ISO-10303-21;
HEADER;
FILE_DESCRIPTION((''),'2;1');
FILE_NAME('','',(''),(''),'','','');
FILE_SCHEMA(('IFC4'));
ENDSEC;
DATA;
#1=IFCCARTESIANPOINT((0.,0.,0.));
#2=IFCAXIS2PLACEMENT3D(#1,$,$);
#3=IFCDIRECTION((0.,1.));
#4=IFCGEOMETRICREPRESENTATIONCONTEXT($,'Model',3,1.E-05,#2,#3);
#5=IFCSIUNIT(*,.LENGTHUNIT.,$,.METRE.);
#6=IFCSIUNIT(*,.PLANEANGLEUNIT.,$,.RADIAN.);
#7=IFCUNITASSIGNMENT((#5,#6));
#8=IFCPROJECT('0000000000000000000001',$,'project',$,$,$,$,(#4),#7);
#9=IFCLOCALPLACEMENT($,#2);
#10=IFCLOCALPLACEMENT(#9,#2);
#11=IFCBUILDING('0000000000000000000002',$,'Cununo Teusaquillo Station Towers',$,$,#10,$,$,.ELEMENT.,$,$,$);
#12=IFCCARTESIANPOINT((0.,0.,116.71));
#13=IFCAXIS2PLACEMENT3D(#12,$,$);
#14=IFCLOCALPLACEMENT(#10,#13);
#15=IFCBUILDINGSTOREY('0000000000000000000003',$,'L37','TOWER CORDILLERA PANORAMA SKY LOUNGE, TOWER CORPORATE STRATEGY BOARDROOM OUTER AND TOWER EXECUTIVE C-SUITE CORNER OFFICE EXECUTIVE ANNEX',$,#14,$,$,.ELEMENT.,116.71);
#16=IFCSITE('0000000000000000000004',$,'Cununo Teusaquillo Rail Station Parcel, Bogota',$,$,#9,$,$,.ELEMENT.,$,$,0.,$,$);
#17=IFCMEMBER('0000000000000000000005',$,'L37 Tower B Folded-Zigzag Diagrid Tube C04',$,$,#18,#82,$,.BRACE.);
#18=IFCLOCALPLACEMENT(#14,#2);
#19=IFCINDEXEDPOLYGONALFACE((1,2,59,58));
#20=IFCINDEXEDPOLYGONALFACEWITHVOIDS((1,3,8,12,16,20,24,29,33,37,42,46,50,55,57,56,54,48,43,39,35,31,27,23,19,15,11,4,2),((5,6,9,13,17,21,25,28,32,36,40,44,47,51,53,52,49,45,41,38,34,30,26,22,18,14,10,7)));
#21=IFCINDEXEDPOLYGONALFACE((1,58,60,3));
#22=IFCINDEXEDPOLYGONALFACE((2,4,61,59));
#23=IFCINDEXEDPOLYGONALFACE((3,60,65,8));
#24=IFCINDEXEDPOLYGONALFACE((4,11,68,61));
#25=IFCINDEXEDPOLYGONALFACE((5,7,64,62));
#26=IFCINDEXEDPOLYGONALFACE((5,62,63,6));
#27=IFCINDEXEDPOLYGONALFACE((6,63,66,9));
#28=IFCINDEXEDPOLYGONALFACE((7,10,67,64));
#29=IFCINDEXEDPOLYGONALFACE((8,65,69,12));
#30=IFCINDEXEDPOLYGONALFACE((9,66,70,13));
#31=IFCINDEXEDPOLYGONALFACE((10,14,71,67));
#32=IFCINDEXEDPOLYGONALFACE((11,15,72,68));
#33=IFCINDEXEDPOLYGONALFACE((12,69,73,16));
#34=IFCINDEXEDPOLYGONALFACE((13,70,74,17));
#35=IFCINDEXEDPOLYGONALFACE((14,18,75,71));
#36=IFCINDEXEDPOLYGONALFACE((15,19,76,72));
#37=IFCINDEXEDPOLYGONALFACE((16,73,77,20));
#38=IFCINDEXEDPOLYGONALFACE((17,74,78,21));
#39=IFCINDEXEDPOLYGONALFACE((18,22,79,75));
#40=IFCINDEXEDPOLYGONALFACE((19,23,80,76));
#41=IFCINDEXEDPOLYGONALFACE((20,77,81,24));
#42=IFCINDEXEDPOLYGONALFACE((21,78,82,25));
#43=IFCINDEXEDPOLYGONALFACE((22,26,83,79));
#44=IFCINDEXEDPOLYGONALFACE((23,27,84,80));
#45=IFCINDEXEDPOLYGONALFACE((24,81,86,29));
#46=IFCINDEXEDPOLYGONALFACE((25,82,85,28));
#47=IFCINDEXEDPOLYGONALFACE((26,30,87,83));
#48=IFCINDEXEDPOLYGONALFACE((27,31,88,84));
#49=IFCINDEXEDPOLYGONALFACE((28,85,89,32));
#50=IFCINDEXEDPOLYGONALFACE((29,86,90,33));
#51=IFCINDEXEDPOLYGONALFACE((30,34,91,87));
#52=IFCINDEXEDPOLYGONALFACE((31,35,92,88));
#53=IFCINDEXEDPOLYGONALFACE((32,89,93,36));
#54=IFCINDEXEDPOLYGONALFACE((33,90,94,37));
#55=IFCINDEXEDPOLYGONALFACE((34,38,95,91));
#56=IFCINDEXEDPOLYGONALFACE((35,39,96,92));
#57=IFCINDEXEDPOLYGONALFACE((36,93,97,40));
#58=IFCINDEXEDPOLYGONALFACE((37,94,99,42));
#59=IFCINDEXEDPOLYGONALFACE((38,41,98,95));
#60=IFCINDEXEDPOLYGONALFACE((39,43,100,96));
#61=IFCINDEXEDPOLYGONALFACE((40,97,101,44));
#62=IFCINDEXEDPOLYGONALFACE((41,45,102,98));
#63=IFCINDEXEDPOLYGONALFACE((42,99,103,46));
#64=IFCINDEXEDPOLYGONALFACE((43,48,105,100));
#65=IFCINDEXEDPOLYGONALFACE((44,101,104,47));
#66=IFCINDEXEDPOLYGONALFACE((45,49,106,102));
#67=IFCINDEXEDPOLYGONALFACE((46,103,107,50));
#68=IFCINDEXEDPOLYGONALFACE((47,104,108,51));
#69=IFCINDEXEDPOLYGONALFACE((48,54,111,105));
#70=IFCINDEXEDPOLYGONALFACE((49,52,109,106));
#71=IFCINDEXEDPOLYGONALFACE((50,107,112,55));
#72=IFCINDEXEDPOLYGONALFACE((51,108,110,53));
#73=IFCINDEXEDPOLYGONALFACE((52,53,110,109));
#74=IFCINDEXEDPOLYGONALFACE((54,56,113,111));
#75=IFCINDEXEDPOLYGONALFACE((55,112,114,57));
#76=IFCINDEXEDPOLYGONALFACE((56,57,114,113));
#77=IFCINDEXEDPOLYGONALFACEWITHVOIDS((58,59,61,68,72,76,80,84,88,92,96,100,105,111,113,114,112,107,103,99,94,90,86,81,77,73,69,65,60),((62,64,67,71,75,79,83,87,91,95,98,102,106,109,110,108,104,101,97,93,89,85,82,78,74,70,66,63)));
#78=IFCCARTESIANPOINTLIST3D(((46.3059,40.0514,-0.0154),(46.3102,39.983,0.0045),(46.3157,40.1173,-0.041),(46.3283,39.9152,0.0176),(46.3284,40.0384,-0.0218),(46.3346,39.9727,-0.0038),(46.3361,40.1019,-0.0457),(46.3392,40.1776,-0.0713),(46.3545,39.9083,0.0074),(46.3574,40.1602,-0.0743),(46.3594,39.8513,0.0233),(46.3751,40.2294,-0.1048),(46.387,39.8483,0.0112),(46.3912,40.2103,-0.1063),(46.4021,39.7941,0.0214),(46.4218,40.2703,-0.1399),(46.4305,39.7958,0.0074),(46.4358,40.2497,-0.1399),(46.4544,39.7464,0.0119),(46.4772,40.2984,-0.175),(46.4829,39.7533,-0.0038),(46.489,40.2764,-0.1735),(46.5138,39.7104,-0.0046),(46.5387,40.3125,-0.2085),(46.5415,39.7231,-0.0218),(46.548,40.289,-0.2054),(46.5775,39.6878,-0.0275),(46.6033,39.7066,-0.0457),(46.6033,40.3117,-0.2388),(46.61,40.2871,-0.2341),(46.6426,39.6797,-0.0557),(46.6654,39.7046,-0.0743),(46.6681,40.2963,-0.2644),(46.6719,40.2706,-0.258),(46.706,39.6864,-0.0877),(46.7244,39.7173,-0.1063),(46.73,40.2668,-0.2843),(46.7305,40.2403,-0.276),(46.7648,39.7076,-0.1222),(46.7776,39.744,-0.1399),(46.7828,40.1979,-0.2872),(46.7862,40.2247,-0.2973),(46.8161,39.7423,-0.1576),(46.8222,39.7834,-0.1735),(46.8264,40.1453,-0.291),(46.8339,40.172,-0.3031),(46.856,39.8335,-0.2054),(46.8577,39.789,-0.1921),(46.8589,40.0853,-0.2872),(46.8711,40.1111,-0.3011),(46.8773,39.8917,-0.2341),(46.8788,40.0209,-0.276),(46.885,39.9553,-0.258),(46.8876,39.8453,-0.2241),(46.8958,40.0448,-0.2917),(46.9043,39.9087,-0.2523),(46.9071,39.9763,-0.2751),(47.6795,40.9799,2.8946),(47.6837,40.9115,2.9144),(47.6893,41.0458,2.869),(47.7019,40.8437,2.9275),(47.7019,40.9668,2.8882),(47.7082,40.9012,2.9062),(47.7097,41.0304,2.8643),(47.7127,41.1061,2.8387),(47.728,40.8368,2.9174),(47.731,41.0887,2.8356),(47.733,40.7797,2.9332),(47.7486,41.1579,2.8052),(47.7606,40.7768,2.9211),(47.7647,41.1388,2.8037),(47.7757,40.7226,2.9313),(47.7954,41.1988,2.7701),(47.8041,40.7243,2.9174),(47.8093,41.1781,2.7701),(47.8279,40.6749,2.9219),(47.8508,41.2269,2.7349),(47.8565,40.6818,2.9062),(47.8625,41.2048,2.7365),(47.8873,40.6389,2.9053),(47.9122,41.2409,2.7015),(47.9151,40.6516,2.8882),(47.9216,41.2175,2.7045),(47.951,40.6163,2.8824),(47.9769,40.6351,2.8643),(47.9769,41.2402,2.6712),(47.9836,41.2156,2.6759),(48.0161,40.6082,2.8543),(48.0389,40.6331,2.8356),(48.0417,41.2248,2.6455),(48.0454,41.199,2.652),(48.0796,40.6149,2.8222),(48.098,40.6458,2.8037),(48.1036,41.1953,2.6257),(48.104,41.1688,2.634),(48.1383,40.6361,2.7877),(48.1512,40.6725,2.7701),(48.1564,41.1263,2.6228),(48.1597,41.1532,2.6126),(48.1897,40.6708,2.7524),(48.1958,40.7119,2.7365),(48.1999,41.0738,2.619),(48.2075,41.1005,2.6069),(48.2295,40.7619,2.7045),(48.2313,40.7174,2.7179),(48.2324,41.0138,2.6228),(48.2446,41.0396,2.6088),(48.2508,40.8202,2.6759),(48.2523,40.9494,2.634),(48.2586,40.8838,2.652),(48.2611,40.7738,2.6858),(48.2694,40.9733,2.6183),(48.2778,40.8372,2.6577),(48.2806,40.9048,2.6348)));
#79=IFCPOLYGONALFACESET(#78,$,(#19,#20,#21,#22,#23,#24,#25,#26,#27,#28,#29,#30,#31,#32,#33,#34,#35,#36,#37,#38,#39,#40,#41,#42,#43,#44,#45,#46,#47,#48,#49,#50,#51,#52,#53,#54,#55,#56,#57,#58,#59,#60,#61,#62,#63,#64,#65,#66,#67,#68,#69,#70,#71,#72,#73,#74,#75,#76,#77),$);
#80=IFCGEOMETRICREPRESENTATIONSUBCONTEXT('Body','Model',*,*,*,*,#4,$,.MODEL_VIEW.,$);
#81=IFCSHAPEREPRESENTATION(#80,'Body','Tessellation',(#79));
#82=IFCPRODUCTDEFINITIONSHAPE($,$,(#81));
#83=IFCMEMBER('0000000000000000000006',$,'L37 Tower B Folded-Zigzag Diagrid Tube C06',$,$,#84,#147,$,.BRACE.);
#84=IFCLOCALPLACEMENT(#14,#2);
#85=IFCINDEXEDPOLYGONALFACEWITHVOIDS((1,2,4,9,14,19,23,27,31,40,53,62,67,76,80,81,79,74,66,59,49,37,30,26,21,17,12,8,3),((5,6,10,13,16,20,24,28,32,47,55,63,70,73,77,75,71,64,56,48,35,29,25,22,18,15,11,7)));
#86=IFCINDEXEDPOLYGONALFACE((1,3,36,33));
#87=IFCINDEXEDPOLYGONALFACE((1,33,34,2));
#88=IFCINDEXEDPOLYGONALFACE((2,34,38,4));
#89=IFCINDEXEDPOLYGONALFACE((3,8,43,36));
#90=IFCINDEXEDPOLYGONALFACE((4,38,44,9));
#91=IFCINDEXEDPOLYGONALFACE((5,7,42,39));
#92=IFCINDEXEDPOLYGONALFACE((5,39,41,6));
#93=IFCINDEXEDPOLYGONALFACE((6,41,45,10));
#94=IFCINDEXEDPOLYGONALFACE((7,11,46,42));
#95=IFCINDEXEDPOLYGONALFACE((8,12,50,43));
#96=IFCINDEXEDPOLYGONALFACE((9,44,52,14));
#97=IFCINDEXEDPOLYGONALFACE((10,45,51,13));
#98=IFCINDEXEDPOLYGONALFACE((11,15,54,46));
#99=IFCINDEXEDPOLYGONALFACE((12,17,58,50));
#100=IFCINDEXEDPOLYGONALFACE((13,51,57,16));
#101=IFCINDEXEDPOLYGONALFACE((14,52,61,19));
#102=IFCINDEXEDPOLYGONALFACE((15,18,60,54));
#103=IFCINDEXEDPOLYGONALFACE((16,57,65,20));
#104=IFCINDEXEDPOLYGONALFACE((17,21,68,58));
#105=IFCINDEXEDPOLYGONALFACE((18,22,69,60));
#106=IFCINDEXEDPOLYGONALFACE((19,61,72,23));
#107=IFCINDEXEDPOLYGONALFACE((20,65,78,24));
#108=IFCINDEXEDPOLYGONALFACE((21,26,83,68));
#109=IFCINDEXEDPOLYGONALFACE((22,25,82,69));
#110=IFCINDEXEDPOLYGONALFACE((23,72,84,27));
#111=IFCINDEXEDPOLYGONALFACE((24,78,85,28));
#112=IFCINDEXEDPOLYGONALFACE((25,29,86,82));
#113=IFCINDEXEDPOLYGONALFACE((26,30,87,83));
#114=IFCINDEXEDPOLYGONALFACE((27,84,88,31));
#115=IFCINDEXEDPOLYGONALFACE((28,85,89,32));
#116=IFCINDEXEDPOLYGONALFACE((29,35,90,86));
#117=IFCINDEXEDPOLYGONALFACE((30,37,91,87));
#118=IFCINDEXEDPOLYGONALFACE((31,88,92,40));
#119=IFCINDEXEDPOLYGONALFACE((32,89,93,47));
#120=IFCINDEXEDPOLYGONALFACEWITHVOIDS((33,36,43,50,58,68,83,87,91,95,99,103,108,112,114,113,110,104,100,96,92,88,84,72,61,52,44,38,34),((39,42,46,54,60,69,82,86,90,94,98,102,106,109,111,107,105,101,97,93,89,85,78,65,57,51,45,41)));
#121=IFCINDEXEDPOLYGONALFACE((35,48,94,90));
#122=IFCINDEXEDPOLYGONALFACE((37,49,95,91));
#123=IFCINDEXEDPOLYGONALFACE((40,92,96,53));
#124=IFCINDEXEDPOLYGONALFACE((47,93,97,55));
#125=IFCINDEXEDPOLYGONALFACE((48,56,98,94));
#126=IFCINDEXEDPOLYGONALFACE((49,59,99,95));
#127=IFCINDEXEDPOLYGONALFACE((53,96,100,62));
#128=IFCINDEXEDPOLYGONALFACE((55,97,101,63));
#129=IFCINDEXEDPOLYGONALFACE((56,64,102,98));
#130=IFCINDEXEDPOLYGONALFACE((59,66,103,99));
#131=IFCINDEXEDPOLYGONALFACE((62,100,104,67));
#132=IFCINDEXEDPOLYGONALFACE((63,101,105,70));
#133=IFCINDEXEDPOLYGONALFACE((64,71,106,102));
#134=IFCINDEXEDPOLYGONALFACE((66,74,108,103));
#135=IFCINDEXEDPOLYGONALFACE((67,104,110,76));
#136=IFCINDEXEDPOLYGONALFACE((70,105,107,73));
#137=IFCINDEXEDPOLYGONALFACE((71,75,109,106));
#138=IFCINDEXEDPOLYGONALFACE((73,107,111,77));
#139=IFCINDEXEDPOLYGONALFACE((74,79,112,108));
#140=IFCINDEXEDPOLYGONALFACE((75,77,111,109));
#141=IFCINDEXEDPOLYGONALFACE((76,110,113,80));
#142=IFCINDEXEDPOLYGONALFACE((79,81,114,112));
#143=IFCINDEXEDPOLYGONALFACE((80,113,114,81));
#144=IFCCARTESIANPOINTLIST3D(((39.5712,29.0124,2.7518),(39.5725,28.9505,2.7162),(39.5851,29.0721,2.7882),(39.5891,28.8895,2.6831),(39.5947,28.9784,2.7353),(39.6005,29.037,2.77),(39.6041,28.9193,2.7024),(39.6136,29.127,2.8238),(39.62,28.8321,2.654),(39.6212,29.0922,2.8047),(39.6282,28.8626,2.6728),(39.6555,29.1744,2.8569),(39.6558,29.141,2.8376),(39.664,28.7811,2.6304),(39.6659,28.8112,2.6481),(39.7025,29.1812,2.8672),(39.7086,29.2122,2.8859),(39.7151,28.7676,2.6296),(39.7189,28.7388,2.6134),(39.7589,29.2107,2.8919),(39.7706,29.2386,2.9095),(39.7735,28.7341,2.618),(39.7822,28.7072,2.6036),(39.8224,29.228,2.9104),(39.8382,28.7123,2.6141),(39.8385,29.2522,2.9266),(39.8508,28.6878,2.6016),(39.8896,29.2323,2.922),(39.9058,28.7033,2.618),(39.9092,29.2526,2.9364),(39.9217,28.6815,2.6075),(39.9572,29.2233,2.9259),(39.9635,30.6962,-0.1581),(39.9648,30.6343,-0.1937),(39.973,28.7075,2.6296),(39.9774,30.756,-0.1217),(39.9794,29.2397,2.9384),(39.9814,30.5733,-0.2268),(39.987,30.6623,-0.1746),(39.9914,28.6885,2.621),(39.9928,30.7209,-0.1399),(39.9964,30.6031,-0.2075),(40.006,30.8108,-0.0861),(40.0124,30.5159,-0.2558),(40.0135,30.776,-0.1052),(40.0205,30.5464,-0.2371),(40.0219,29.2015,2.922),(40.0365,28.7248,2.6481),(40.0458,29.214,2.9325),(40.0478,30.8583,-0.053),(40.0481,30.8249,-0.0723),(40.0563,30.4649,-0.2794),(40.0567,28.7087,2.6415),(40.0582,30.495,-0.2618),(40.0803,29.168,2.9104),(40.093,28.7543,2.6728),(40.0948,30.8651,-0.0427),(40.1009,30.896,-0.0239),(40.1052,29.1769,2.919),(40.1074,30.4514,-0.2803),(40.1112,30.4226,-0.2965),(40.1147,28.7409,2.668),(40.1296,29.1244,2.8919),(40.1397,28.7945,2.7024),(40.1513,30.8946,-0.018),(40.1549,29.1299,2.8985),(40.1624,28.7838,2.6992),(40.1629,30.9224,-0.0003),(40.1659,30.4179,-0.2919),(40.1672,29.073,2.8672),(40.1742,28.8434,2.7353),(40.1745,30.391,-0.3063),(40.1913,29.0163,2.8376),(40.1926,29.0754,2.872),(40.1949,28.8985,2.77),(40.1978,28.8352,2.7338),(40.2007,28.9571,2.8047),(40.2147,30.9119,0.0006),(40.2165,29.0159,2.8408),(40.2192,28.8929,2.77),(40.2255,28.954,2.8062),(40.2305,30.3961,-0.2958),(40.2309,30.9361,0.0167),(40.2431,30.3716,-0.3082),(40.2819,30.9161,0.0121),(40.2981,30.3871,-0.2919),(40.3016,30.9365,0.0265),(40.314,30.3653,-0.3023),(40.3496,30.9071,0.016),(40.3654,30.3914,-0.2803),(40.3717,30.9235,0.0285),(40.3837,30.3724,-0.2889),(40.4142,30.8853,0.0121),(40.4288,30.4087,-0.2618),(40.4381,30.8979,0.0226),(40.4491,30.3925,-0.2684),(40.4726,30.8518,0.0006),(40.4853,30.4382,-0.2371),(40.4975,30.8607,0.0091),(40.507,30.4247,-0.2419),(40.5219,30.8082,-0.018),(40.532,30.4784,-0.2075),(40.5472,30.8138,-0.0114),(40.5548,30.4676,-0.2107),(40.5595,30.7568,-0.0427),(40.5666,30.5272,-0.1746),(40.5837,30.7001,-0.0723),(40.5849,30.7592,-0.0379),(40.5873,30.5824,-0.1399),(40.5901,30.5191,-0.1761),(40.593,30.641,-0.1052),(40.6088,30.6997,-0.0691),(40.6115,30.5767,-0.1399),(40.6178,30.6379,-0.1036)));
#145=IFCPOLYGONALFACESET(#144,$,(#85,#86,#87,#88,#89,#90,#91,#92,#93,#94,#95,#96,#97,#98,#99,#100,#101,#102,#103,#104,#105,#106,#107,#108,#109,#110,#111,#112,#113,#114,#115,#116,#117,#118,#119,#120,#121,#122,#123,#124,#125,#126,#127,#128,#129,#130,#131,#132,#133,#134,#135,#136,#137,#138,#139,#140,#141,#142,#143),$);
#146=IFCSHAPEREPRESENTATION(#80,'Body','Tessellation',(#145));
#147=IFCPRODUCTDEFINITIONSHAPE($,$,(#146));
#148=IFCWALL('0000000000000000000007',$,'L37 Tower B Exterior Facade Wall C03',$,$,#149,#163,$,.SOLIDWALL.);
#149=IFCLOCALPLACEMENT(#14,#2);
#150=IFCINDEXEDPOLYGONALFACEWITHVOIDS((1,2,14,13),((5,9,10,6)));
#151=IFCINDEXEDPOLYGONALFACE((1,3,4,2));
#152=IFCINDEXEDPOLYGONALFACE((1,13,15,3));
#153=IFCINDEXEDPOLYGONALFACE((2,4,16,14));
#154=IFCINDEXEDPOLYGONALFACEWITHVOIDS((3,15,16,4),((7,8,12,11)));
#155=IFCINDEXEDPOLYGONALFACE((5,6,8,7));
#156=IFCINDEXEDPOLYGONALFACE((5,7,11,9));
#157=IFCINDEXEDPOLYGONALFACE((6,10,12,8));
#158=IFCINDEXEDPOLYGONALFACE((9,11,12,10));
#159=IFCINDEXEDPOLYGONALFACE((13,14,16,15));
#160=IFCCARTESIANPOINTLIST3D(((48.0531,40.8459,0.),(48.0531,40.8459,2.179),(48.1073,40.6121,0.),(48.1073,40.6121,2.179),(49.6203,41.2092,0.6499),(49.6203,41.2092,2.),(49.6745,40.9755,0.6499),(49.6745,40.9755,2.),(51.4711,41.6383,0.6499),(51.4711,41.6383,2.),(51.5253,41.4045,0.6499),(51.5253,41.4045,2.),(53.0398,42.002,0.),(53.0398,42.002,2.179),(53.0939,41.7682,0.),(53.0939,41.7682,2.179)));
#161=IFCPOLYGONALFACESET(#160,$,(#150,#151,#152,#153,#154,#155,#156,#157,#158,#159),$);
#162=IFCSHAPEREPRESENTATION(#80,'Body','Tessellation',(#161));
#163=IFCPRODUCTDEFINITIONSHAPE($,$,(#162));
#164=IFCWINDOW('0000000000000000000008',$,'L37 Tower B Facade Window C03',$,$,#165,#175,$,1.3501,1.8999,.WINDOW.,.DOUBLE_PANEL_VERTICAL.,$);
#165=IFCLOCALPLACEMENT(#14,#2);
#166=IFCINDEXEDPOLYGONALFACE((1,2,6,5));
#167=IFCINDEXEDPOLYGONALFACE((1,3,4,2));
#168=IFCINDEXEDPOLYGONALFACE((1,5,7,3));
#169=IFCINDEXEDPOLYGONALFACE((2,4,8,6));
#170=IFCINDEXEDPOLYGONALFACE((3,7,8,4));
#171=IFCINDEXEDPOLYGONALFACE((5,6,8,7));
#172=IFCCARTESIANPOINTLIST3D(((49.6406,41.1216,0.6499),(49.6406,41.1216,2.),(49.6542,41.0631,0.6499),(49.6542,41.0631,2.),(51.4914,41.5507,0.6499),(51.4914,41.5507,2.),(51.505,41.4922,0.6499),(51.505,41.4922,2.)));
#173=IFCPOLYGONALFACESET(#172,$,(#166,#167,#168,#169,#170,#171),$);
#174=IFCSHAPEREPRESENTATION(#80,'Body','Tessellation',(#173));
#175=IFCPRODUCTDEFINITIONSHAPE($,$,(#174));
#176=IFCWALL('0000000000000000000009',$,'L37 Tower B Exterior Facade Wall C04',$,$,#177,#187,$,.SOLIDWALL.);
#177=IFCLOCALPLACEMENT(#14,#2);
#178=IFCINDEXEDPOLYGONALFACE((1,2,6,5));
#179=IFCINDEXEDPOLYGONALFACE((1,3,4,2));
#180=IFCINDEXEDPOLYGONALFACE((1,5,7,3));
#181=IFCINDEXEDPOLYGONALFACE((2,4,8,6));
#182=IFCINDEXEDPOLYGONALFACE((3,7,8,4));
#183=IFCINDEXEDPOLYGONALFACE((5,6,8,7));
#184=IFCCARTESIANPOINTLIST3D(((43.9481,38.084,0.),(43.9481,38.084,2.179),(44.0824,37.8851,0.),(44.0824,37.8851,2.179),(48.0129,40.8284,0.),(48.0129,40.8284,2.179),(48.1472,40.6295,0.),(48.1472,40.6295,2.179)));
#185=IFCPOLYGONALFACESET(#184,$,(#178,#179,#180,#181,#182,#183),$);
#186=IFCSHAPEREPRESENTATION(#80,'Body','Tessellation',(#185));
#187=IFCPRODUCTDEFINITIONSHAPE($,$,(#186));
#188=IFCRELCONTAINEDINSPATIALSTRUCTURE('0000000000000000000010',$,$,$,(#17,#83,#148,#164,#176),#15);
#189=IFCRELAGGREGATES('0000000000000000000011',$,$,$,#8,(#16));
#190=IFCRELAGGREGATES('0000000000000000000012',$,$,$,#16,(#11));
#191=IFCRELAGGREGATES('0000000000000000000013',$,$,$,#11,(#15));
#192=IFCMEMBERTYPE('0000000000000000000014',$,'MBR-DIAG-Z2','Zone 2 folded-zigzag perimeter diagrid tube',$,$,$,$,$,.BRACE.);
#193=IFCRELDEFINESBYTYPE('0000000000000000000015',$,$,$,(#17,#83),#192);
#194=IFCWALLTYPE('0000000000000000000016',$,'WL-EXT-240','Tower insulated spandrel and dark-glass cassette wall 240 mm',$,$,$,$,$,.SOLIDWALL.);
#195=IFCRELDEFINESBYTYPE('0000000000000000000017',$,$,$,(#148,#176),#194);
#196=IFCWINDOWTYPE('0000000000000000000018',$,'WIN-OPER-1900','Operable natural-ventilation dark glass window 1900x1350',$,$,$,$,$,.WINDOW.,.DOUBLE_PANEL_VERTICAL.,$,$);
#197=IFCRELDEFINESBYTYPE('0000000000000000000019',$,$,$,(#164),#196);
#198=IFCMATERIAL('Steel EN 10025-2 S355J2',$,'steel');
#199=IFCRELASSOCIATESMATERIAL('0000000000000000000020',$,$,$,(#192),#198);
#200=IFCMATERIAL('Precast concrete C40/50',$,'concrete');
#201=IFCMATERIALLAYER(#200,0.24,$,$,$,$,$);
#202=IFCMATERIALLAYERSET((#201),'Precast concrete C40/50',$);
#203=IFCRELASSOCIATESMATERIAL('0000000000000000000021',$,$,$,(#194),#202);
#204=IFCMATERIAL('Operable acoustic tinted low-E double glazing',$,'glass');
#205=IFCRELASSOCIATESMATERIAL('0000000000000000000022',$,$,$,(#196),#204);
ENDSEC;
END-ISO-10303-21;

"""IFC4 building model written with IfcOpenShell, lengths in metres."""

from ifc_helpers import new_model, si_unit, direction, frame, frame_2d, origin, origin_2d, place, context, subcontext, project, spatial, rectangle, hollow_circle, extrude, source, transform, mapped, material, layer, layer_set, material_profile, profile_set, type_object, element, fill, save


model = new_model("IFC4")

# Units and contexts
model_context = context("Model", 3, precision=1e-05, world=origin(), true_north=direction((0.0, 1.0)))
body_context = subcontext(model_context, "Body", "Model", "MODEL_VIEW")
ifc_project = project(units=[si_unit("LENGTHUNIT", "METRE"), si_unit("PLANEANGLEUNIT", "RADIAN")], contexts=[model_context])

# Site, building, storey
site_placement = place(None, origin())
site = spatial("IfcSite", under=ifc_project, at=site_placement, Name="Cununo Teusaquillo Rail Station Parcel, Bogota", CompositionType="ELEMENT", RefElevation=0.0)
building_placement = place(site_placement, origin())
building = spatial("IfcBuilding", under=site, at=building_placement, Name="Cununo Teusaquillo Station Towers", CompositionType="ELEMENT")
storey_placement = place(building_placement, frame((0.0, 0.0, 116.71)))
storey = spatial("IfcBuildingStorey", under=building, at=storey_placement, Name="L37", Description="TOWER CORDILLERA PANORAMA SKY LOUNGE, TOWER CORPORATE STRATEGY BOARDROOM OUTER AND TOWER EXECUTIVE C-SUITE CORNER OFFICE EXECUTIVE ANNEX", CompositionType="ELEMENT", Elevation=116.71)

# Members
ifc_material_1 = material(Name="Steel EN 10025-2 S355J2", Category="steel")
ifc_material_profile_1 = material_profile(ifc_material_1, hollow_circle(Radius=0.3301, WallThickness=0.0249, at=origin_2d()), Name="CHS 660x25")
ifc_profile_set_1 = profile_set([ifc_material_profile_1], Name="Steel EN 10025-2 S355J2")
member_type = type_object("IfcMemberType", Name="MBR-DIAG-Z2", Description="Zone 2 folded-zigzag perimeter diagrid tube", PredefinedType="BRACE", material=ifc_profile_set_1)
member_1_placement = place(storey_placement, frame((46.6067, 39.9968, -0.1399), z_axis=(0.410125, 0.277232, 0.868873), x_axis=(-0.560024, 0.828476, 0.0)))
element("IfcMember", 1, at=member_1_placement, inside=storey, type_object=member_type, Name="L37 Tower B Folded-Zigzag Diagrid Tube C04", PredefinedType="BRACE", context=body_context, shape_type="SweptSolid", body=[
    extrude(hollow_circle(Radius=0.3301, WallThickness=0.0249, at=origin_2d()), origin(), (0.0, 0.0, 1.0), 3.3491),
])
member_2_placement = place(storey_placement, frame((40.29, 30.6516, -0.1399), z_axis=(-0.115911, -0.497471, 0.859702), x_axis=(0.973913, -0.226922, 0.0)))
element("IfcMember", 2, at=member_2_placement, inside=storey, type_object=member_type, Name="L37 Tower B Folded-Zigzag Diagrid Tube C06", PredefinedType="BRACE", context=body_context, shape_type="SweptSolid", body=[
    extrude(hollow_circle(Radius=0.3301, WallThickness=0.0249, at=origin_2d()), origin(), (0.0, 0.0, 1.0), 3.3848),
])

# Wall, opening, window
ifc_material_2 = material(Name="Precast concrete C40/50", Category="concrete")
ifc_layer_1 = layer(ifc_material_2, 0.24)
ifc_layer_set_1 = layer_set([ifc_layer_1], Name="Precast concrete C40/50")
wall_type_1 = type_object("IfcWallType", Name="WL-EXT-240", Description="Tower insulated spandrel and dark-glass cassette wall 240 mm", PredefinedType="SOLIDWALL", material=ifc_layer_set_1)
wall_1_placement = place(storey_placement, frame((48.0801, 40.729, 0.0), z_axis=(0.0, 0.0, 1.0), x_axis=(0.974166, 0.225835, 0.0)))
wall_1 = element("IfcWall", 3, at=wall_1_placement, inside=storey, type_object=wall_type_1, Name="L37 Tower B Exterior Facade Wall C03", PredefinedType="SOLIDWALL", context=body_context, shape_type="SweptSolid", body=[
    extrude(rectangle(XDim=5.1189, YDim=0.24, at=frame_2d((2.5596, 0.0))), origin(), (0.0, 0.0, 1.0), 2.179),
])
shared_shape_1 = source(origin(), body_context, "Body", "SweptSolid", [
    extrude(rectangle(XDim=1.8999, YDim=1.3501, at=frame_2d((0.95, 0.675))), frame((0.0, 0.1299, 0.0), z_axis=(0.0, -1.0, 0.0), x_axis=(1.0, 0.0, 0.0)), (0.0, 0.0, 1.0), 0.26),
])
opening_1_placement = place(wall_1_placement, frame((1.6089, 0.0, 0.6499)))
opening_1 = element("IfcOpeningElement", 4, at=opening_1_placement, cuts=wall_1, PredefinedType="OPENING", context=body_context, shape_type="MappedRepresentation", body=[
    mapped(shared_shape_1, transform((0.0, 0.0, 0.0), x_axis=(1.0, 0.0, 0.0), y_axis=(0.0, 1.0, 0.0), z_axis=(0.0, 0.0, 1.0), scale=1.0)),
])
ifc_material_3 = material(Name="Operable acoustic tinted low-E double glazing", Category="glass")
window_type_1 = type_object("IfcWindowType", Name="WIN-OPER-1900", Description="Operable natural-ventilation dark glass window 1900x1350", PartitioningType="DOUBLE_PANEL_VERTICAL", PredefinedType="WINDOW", material=ifc_material_3)
shared_shape_2 = source(origin(), body_context, "Body", "SweptSolid", [
    extrude(rectangle(XDim=1.8999, YDim=1.3501, at=frame_2d((0.95, 0.675))), frame((0.0, 0.03, 0.0), z_axis=(0.0, -1.0, 0.0), x_axis=(1.0, 0.0, 0.0)), (0.0, 0.0, 1.0), 0.0601),
])
window_1_placement = place(opening_1_placement, origin())
window_1 = element("IfcWindow", 5, at=window_1_placement, inside=storey, type_object=window_type_1, Name="L37 Tower B Facade Window C03", OverallHeight=1.3501, OverallWidth=1.8999, PartitioningType="DOUBLE_PANEL_VERTICAL", PredefinedType="WINDOW", context=body_context, shape_type="MappedRepresentation", body=[
    mapped(shared_shape_2, transform((0.0, 0.0, 0.0), x_axis=(1.0, 0.0, 0.0), y_axis=(0.0, 1.0, 0.0), z_axis=(0.0, 0.0, 1.0), scale=1.0)),
])
fill(opening_1, window_1)

# Wall
wall_2_placement = place(storey_placement, frame((44.0154, 37.9846, 0.0), z_axis=(0.0, 0.0, 1.0), x_axis=(0.828781, 0.559573, 0.0)))
element("IfcWall", 6, at=wall_2_placement, inside=storey, type_object=wall_type_1, Name="L37 Tower B Exterior Facade Wall C04", PredefinedType="SOLIDWALL", context=body_context, shape_type="SweptSolid", body=[
    extrude(rectangle(XDim=4.9045, YDim=0.24, at=frame_2d((2.4521, 0.0))), origin(), (0.0, 0.0, 1.0), 2.179),
])

save(model, "model.ifc")
